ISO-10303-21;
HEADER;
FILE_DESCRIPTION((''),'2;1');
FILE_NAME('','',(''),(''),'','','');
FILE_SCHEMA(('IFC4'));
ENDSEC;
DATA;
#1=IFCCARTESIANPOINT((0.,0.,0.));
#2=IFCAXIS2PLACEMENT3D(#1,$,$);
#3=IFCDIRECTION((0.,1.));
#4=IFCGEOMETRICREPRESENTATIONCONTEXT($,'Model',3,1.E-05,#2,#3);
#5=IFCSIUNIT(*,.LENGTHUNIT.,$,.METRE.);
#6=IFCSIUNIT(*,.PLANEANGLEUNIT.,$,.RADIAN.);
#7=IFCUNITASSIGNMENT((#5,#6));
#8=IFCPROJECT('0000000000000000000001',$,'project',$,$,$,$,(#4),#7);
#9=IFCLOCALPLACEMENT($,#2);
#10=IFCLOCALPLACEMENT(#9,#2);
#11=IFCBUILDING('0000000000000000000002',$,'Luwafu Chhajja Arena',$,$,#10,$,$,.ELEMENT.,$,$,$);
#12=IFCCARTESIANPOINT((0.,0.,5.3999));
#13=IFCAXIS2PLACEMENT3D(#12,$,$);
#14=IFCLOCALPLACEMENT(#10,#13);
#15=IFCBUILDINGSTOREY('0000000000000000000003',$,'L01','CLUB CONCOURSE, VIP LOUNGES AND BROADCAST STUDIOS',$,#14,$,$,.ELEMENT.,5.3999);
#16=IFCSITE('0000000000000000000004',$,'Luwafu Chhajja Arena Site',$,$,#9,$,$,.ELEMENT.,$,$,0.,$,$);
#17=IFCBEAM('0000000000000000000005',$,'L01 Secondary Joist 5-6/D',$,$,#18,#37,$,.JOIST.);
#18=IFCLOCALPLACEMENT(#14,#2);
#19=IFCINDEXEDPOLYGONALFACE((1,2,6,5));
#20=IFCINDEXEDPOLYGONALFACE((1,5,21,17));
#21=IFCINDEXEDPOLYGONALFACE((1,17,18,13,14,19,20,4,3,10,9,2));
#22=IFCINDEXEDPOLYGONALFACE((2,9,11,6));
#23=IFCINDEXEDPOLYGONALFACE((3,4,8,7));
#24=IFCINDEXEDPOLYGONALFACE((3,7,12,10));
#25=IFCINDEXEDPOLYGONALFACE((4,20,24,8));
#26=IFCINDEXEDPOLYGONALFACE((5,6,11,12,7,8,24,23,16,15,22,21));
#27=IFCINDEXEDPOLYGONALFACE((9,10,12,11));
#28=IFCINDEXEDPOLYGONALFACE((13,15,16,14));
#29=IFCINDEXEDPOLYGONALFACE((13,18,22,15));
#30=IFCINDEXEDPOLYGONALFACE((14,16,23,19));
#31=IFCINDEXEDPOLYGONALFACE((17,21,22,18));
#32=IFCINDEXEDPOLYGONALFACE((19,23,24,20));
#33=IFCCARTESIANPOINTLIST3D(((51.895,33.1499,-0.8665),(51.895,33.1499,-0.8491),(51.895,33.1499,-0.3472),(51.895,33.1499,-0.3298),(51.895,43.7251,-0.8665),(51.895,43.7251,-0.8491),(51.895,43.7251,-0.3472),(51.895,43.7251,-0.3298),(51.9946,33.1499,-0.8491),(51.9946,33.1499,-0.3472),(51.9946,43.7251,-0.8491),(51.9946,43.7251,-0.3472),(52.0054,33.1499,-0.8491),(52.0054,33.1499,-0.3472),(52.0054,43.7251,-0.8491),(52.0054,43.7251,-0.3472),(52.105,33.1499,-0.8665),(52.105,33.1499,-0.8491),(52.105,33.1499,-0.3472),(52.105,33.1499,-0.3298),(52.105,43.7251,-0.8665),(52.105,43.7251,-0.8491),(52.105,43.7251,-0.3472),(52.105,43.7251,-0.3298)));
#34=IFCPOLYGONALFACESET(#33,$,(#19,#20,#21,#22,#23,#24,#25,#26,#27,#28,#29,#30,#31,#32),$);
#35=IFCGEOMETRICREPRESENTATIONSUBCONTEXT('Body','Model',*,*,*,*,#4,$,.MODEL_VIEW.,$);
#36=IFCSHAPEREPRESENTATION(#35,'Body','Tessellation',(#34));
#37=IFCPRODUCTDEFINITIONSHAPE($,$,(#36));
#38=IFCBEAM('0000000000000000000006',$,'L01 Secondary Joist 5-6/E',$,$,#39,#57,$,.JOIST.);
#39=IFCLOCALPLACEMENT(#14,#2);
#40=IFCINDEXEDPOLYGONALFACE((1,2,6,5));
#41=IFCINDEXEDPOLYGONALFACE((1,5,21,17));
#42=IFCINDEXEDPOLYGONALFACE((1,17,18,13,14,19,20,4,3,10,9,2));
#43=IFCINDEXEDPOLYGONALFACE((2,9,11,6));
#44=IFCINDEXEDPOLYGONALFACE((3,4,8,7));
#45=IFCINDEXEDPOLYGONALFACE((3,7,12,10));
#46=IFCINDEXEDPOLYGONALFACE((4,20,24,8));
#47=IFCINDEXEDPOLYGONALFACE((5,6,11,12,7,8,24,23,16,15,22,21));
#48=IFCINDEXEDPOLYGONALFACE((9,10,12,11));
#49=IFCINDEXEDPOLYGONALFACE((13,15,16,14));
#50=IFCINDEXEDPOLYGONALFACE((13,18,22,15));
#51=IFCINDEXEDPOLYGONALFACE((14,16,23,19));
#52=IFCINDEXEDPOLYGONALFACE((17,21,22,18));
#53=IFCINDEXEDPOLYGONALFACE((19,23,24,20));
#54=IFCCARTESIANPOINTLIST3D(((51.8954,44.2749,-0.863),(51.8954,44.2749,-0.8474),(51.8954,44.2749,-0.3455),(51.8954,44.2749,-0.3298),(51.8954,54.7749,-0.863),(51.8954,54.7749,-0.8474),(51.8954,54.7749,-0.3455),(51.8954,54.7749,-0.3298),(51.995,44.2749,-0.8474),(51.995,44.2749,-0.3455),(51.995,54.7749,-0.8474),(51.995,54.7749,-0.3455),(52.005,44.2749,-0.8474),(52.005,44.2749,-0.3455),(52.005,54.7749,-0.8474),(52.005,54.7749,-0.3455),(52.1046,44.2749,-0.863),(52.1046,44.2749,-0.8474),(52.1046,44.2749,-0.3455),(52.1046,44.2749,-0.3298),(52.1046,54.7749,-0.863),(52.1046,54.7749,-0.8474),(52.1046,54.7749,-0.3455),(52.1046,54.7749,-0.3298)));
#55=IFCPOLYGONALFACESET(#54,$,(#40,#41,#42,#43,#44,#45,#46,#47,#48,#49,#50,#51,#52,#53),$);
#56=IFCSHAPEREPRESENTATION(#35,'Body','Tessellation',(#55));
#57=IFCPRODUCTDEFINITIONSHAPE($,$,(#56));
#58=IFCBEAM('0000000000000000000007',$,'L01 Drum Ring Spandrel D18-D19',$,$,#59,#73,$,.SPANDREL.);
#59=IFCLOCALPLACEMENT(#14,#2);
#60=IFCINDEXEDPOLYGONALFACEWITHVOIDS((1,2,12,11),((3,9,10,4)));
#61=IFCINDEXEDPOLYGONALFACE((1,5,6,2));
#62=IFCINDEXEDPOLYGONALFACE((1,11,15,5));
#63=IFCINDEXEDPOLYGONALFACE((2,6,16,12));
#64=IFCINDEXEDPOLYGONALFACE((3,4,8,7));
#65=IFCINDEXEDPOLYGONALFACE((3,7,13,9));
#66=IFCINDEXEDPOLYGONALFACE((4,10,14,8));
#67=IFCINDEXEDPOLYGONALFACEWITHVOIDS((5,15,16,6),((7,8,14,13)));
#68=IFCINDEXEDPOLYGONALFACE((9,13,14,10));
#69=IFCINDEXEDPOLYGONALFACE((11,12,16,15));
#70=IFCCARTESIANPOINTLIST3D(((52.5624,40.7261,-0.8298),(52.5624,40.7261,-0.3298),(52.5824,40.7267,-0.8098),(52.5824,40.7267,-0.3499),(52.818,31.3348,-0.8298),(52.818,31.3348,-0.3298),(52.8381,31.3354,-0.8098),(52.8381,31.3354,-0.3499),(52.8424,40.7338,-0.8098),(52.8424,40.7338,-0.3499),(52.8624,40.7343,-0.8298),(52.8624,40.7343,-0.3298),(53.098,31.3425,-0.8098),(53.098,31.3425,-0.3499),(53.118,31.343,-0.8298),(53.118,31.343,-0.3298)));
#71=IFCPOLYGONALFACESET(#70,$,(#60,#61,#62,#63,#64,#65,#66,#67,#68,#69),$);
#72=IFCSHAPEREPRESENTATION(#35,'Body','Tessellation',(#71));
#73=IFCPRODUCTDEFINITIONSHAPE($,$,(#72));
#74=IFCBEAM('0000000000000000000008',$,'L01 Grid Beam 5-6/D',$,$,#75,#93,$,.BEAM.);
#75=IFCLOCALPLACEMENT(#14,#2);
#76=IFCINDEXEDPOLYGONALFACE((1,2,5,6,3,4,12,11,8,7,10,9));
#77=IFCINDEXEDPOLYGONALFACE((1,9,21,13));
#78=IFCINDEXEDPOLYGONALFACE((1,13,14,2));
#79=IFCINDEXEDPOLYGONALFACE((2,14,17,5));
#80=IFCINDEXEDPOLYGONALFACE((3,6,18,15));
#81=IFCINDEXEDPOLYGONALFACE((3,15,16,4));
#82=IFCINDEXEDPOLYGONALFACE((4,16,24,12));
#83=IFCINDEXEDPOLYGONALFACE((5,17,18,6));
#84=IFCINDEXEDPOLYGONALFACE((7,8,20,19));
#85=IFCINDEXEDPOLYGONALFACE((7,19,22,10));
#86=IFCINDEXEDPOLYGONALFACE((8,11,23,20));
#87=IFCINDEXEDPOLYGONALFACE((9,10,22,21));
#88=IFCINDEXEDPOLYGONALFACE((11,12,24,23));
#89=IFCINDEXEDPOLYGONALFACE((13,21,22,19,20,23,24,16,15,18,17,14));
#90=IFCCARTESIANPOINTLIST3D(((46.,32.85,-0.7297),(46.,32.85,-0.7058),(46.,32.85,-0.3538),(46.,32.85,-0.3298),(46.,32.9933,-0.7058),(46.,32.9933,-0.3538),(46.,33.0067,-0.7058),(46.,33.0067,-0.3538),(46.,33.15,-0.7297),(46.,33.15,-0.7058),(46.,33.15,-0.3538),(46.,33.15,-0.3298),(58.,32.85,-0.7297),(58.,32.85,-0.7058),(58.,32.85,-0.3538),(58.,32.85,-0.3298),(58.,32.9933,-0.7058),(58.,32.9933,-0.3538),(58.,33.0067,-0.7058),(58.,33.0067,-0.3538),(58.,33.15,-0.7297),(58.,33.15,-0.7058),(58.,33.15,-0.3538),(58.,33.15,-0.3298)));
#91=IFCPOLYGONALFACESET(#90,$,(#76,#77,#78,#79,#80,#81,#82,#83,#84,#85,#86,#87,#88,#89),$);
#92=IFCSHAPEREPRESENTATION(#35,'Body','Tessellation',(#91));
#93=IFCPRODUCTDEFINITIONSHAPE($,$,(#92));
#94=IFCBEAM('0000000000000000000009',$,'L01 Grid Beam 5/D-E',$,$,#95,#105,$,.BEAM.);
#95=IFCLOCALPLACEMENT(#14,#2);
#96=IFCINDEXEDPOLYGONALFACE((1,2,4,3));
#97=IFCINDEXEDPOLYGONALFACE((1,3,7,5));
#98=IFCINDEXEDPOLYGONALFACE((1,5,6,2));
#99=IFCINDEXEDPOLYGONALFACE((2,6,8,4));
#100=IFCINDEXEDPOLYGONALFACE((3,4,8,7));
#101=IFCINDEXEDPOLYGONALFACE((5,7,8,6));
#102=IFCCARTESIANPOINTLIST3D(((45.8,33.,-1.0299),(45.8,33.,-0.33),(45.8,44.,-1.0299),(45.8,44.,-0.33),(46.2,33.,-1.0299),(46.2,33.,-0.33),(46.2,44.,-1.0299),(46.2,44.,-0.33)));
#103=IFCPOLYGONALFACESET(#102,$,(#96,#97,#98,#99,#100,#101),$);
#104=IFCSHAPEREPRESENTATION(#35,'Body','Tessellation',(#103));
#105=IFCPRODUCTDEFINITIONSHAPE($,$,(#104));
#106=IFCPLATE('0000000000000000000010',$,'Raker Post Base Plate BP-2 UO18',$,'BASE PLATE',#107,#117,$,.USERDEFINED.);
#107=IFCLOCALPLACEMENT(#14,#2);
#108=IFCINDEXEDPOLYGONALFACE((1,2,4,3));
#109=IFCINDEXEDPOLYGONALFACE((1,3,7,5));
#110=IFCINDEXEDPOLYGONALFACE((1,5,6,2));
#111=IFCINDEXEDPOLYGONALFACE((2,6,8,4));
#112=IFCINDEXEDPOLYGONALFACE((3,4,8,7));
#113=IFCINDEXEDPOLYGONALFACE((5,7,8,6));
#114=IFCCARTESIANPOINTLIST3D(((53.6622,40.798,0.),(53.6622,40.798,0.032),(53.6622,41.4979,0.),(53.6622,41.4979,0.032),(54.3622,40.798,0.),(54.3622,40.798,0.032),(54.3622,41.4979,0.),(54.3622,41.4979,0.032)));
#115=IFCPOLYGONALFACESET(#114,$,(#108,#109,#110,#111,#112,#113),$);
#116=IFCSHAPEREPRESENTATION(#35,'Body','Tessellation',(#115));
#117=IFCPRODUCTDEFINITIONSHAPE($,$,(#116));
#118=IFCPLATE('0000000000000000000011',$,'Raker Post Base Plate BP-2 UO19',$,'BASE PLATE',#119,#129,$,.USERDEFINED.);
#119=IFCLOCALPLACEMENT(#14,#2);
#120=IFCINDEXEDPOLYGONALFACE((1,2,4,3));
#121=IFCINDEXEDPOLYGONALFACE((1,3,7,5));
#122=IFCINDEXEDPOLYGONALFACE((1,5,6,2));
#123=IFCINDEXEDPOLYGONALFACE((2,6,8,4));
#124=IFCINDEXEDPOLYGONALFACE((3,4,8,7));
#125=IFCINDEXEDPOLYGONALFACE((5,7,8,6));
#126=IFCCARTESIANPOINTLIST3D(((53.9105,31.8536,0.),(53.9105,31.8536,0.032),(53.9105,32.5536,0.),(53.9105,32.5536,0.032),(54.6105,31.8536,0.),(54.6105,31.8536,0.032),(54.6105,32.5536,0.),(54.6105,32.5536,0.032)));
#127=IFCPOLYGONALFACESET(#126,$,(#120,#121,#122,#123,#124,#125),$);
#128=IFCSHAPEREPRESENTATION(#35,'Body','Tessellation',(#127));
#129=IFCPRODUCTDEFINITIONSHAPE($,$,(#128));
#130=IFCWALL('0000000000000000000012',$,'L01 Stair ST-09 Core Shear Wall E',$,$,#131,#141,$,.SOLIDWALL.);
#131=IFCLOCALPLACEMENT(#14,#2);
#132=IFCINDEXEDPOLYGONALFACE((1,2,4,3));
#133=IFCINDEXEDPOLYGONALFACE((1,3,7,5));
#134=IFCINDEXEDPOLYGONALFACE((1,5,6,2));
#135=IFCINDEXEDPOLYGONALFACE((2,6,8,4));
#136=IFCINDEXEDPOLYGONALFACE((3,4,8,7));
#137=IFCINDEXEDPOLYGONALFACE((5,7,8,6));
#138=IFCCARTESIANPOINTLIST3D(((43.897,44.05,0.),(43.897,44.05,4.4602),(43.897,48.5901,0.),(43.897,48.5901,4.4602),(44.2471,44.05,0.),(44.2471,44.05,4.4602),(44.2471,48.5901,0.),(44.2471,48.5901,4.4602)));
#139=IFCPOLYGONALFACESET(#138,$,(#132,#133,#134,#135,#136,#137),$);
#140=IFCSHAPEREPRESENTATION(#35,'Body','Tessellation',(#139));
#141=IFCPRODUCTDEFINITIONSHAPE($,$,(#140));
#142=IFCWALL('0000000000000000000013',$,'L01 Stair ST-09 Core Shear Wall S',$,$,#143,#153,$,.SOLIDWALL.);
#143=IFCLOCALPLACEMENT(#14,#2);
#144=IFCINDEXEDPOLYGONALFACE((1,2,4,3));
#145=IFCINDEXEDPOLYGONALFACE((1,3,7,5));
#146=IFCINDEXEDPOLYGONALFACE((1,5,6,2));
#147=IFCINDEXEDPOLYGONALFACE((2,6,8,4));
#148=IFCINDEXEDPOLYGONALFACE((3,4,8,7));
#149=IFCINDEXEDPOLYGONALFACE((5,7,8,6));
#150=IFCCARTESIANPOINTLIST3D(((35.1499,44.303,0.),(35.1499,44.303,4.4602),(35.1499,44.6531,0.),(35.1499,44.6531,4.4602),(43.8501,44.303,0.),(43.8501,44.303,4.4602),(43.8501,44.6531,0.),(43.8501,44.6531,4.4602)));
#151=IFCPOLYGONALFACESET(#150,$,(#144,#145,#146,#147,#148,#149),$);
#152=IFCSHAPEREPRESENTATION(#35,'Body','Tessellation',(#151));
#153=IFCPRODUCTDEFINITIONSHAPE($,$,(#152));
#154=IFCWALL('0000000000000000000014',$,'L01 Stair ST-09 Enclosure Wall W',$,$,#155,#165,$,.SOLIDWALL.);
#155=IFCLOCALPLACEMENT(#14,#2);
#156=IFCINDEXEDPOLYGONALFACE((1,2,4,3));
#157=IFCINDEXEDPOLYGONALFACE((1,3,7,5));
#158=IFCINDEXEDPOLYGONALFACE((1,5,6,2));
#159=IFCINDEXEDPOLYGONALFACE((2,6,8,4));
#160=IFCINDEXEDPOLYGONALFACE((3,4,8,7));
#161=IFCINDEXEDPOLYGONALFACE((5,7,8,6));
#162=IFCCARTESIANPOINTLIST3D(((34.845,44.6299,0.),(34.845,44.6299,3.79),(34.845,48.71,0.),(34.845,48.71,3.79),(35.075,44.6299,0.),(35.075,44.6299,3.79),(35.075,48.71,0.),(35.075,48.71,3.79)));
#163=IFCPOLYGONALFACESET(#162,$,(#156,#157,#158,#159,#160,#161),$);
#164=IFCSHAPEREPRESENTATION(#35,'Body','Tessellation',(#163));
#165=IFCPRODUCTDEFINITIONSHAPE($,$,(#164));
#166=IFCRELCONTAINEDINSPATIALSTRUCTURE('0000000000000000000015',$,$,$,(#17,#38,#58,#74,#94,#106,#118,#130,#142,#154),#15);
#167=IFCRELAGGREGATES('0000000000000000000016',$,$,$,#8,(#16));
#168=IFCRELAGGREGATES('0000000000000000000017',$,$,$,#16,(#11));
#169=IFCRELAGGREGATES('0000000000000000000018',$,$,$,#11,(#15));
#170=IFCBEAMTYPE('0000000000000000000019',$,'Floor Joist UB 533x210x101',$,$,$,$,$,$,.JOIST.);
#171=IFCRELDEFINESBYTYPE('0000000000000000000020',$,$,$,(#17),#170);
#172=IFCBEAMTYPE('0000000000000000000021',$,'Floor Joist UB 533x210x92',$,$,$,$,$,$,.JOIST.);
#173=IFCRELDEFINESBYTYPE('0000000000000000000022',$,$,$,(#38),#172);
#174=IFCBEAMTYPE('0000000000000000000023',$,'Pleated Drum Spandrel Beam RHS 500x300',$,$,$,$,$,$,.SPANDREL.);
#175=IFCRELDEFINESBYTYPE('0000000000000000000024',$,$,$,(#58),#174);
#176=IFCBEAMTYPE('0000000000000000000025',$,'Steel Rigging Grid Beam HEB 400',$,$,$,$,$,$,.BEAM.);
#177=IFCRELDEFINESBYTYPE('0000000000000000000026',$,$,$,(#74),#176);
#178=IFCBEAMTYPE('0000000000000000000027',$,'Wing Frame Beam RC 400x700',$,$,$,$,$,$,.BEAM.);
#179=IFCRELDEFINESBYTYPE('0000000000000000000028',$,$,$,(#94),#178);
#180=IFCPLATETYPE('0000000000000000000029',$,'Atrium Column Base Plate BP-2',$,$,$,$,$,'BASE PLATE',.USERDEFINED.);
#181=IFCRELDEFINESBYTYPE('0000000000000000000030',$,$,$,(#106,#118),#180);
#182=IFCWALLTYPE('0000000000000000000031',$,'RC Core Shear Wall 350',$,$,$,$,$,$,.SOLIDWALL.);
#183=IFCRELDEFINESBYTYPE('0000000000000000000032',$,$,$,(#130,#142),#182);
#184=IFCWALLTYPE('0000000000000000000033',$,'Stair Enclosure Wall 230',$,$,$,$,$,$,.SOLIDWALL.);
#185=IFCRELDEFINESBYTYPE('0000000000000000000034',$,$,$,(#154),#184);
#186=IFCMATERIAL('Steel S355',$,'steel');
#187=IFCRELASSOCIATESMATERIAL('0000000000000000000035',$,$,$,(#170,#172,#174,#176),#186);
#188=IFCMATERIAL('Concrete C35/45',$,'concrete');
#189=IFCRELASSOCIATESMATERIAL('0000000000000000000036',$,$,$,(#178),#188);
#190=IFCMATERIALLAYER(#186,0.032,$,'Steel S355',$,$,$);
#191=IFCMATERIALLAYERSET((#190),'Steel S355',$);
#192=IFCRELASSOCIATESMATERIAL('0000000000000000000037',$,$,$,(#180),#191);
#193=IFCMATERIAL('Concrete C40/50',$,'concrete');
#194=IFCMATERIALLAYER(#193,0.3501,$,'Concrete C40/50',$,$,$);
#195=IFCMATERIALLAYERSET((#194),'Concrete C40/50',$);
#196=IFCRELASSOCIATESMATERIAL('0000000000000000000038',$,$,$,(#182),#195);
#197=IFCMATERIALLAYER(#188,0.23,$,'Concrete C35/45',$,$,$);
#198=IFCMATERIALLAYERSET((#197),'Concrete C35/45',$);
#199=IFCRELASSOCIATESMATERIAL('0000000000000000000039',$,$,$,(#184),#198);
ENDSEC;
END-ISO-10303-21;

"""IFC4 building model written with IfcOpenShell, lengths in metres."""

from ifc_helpers import new_model, si_unit, direction, frame, frame_2d, origin, origin_2d, place, context, subcontext, project, spatial, rectangle, hollow_rectangle, i_section, extrude, material, layer, layer_set, material_profile, profile_set, type_object, element, save


model = new_model("IFC4")

# Units and contexts
model_context = context("Model", 3, precision=1e-05, world=origin(), true_north=direction((0.0, 1.0)))
body_context = subcontext(model_context, "Body", "Model", "MODEL_VIEW")
ifc_project = project(units=[si_unit("LENGTHUNIT", "METRE"), si_unit("PLANEANGLEUNIT", "RADIAN")], contexts=[model_context])

# Site, building, storey
site_placement = place(None, origin())
site = spatial("IfcSite", under=ifc_project, at=site_placement, Name="Luwafu Chhajja Arena Site", CompositionType="ELEMENT", RefElevation=0.0)
building_placement = place(site_placement, origin())
building = spatial("IfcBuilding", under=site, at=building_placement, Name="Luwafu Chhajja Arena", CompositionType="ELEMENT")
storey_placement = place(building_placement, frame((0.0, 0.0, 5.3999)))
storey = spatial("IfcBuildingStorey", under=building, at=storey_placement, Name="L01", Description="CLUB CONCOURSE, VIP LOUNGES AND BROADCAST STUDIOS", CompositionType="ELEMENT", Elevation=5.3999)

# Shared definitions
ifc_material_1 = material(Name="Concrete C40/50", Category="concrete")
ifc_material_2 = material(Name="Concrete C35/45", Category="concrete")
ifc_material_3 = material(Name="Steel S355", Category="steel")

# Beams
ifc_material_profile_1 = material_profile(ifc_material_3, i_section(OverallWidth=0.21, OverallDepth=0.5366, WebThickness=0.0107, FlangeThickness=0.0173, at=origin_2d()), Name="UB 533x210x101")
ifc_profile_set_1 = profile_set([ifc_material_profile_1], Name="Steel S355")
beam_type_1 = type_object("IfcBeamType", Name="Floor Joist UB 533x210x101", PredefinedType="JOIST", material=ifc_profile_set_1)
beam_1_placement = place(storey_placement, frame((52.0, 33.1499, -0.5981), z_axis=(0.0, 1.0, 0.0), x_axis=(-1.0, 0.0, 0.0)))
element("IfcBeam", 1, at=beam_1_placement, inside=storey, type_object=beam_type_1, Name="L01 Secondary Joist 5-6/D", PredefinedType="JOIST", context=body_context, shape_type="SweptSolid", body=[
    extrude(i_section(OverallWidth=0.21, OverallDepth=0.5366, WebThickness=0.0107, FlangeThickness=0.0173, at=origin_2d()), origin(), (0.0, 0.0, 1.0), 10.5752),
])
ifc_material_profile_2 = material_profile(ifc_material_3, i_section(OverallWidth=0.2092, OverallDepth=0.5332, WebThickness=0.01, FlangeThickness=0.0156, at=origin_2d()), Name="UB 533x210x92")
ifc_profile_set_2 = profile_set([ifc_material_profile_2], Name="Steel S355")
beam_type_2 = type_object("IfcBeamType", Name="Floor Joist UB 533x210x92", PredefinedType="JOIST", material=ifc_profile_set_2)
beam_2_placement = place(storey_placement, frame((52.0, 44.2749, -0.5964), z_axis=(0.0, 1.0, 0.0), x_axis=(-1.0, 0.0, 0.0)))
element("IfcBeam", 2, at=beam_2_placement, inside=storey, type_object=beam_type_2, Name="L01 Secondary Joist 5-6/E", PredefinedType="JOIST", context=body_context, shape_type="SweptSolid", body=[
    extrude(i_section(OverallWidth=0.2092, OverallDepth=0.5332, WebThickness=0.01, FlangeThickness=0.0156, at=origin_2d()), origin(), (0.0, 0.0, 1.0), 10.5),
])
ifc_material_profile_3 = material_profile(ifc_material_3, hollow_rectangle(XDim=0.3, YDim=0.5, WallThickness=0.02, at=origin_2d()), Name="RHS 500x300x20")
ifc_profile_set_3 = profile_set([ifc_material_profile_3], Name="Steel S355")
beam_type_3 = type_object("IfcBeamType", Name="Pleated Drum Spandrel Beam RHS 500x300", PredefinedType="SPANDREL", material=ifc_profile_set_3)
beam_3_placement = place(storey_placement, frame((52.7124, 40.7302, -0.5798), z_axis=(0.027208, -0.99963, 0.0), x_axis=(0.99963, 0.027208, 0.0)))
element("IfcBeam", 3, at=beam_3_placement, inside=storey, type_object=beam_type_3, Name="L01 Drum Ring Spandrel D18-D19", PredefinedType="SPANDREL", context=body_context, shape_type="SweptSolid", body=[
    extrude(hollow_rectangle(XDim=0.3, YDim=0.5, WallThickness=0.02, at=origin_2d()), origin(), (0.0, 0.0, 1.0), 9.3948),
])
ifc_material_profile_4 = material_profile(ifc_material_3, i_section(OverallWidth=0.3, OverallDepth=0.3999, WebThickness=0.0134, FlangeThickness=0.0239, at=origin_2d()), Name="HEB 400")
ifc_profile_set_4 = profile_set([ifc_material_profile_4], Name="Steel S355")
beam_type_4 = type_object("IfcBeamType", Name="Steel Rigging Grid Beam HEB 400", PredefinedType="BEAM", material=ifc_profile_set_4)
beam_4_placement = place(storey_placement, frame((46.0, 33.0, -0.5298), z_axis=(1.0, 0.0, 0.0), x_axis=(0.0, 1.0, 0.0)))
element("IfcBeam", 4, at=beam_4_placement, inside=storey, type_object=beam_type_4, Name="L01 Grid Beam 5-6/D", PredefinedType="BEAM", context=body_context, shape_type="SweptSolid", body=[
    extrude(i_section(OverallWidth=0.3, OverallDepth=0.3999, WebThickness=0.0134, FlangeThickness=0.0239, at=origin_2d()), origin(), (0.0, 0.0, 1.0), 12.0),
])
ifc_material_profile_5 = material_profile(ifc_material_2, rectangle(XDim=0.3999, YDim=0.7, at=origin_2d()), Name="RC 400x700")
ifc_profile_set_5 = profile_set([ifc_material_profile_5], Name="Concrete C35/45")
beam_type_5 = type_object("IfcBeamType", Name="Wing Frame Beam RC 400x700", PredefinedType="BEAM", material=ifc_profile_set_5)
beam_5_placement = place(storey_placement, frame((46.0, 33.0, -0.6799), z_axis=(0.0, 1.0, 0.0), x_axis=(-1.0, 0.0, 0.0)))
element("IfcBeam", 5, at=beam_5_placement, inside=storey, type_object=beam_type_5, Name="L01 Grid Beam 5/D-E", PredefinedType="BEAM", context=body_context, shape_type="SweptSolid", body=[
    extrude(rectangle(XDim=0.3999, YDim=0.7, at=origin_2d()), origin(), (0.0, 0.0, 1.0), 11.0),
])

# Plates
ifc_layer_1 = layer(ifc_material_3, 0.032, Name="Steel S355")
ifc_layer_set_1 = layer_set([ifc_layer_1], Name="Steel S355")
plate_type = type_object("IfcPlateType", Name="Atrium Column Base Plate BP-2", ElementType="BASE PLATE", PredefinedType="USERDEFINED", material=ifc_layer_set_1)
for number, where, z_axis, x_axis, name in (
    (6, (54.0122, 41.1479, 0.0), (0.0, 0.0, 1.0), (1.0, 0.0, 0.0), "Raker Post Base Plate BP-2 UO18"),
    (7, (54.2605, 32.2036, 0.0), (0.0, 0.0, 1.0), (1.0, 0.0, 0.0), "Raker Post Base Plate BP-2 UO19"),
):
    element("IfcPlate", number, at=place(storey_placement, frame(where, z_axis=z_axis, x_axis=x_axis)), inside=storey, type_object=plate_type, Name=name, ObjectType="BASE PLATE", PredefinedType="USERDEFINED", context=body_context, shape_type="SweptSolid", body=[
        extrude(rectangle(XDim=0.7, YDim=0.7, at=origin_2d()), origin(), (0.0, 0.0, 1.0), 0.032),
    ])

# Walls
ifc_layer_2 = layer(ifc_material_1, 0.3501, Name="Concrete C40/50")
ifc_layer_set_2 = layer_set([ifc_layer_2], Name="Concrete C40/50")
wall_type_1 = type_object("IfcWallType", Name="RC Core Shear Wall 350", PredefinedType="SOLIDWALL", material=ifc_layer_set_2)
wall_1_placement = place(storey_placement, frame((44.072, 44.05, 0.0), z_axis=(0.0, 0.0, 1.0), x_axis=(0.0, 1.0, 0.0)))
element("IfcWall", 8, at=wall_1_placement, inside=storey, type_object=wall_type_1, Name="L01 Stair ST-09 Core Shear Wall E", PredefinedType="SOLIDWALL", context=body_context, shape_type="SweptSolid", body=[
    extrude(rectangle(XDim=4.54, YDim=0.3501, at=frame_2d((2.27, 0.0))), origin(), (0.0, 0.0, 1.0), 4.4602),
])
wall_2_placement = place(storey_placement, frame((35.1499, 44.478, 0.0), z_axis=(0.0, 0.0, 1.0), x_axis=(1.0, 0.0, 0.0)))
element("IfcWall", 9, at=wall_2_placement, inside=storey, type_object=wall_type_1, Name="L01 Stair ST-09 Core Shear Wall S", PredefinedType="SOLIDWALL", context=body_context, shape_type="SweptSolid", body=[
    extrude(rectangle(XDim=8.7002, YDim=0.3501, at=frame_2d((4.3501, 0.0))), origin(), (0.0, 0.0, 1.0), 4.4602),
])
ifc_layer_3 = layer(ifc_material_2, 0.23, Name="Concrete C35/45")
ifc_layer_set_3 = layer_set([ifc_layer_3], Name="Concrete C35/45")
wall_type_2 = type_object("IfcWallType", Name="Stair Enclosure Wall 230", PredefinedType="SOLIDWALL", material=ifc_layer_set_3)
wall_3_placement = place(storey_placement, frame((34.96, 44.6299, 0.0), z_axis=(0.0, 0.0, 1.0), x_axis=(0.0, 1.0, 0.0)))
element("IfcWall", 10, at=wall_3_placement, inside=storey, type_object=wall_type_2, Name="L01 Stair ST-09 Enclosure Wall W", PredefinedType="SOLIDWALL", context=body_context, shape_type="SweptSolid", body=[
    extrude(rectangle(XDim=4.0801, YDim=0.23, at=frame_2d((2.04, 0.0))), origin(), (0.0, 0.0, 1.0), 3.79),
])

save(model, "model.ifc")
